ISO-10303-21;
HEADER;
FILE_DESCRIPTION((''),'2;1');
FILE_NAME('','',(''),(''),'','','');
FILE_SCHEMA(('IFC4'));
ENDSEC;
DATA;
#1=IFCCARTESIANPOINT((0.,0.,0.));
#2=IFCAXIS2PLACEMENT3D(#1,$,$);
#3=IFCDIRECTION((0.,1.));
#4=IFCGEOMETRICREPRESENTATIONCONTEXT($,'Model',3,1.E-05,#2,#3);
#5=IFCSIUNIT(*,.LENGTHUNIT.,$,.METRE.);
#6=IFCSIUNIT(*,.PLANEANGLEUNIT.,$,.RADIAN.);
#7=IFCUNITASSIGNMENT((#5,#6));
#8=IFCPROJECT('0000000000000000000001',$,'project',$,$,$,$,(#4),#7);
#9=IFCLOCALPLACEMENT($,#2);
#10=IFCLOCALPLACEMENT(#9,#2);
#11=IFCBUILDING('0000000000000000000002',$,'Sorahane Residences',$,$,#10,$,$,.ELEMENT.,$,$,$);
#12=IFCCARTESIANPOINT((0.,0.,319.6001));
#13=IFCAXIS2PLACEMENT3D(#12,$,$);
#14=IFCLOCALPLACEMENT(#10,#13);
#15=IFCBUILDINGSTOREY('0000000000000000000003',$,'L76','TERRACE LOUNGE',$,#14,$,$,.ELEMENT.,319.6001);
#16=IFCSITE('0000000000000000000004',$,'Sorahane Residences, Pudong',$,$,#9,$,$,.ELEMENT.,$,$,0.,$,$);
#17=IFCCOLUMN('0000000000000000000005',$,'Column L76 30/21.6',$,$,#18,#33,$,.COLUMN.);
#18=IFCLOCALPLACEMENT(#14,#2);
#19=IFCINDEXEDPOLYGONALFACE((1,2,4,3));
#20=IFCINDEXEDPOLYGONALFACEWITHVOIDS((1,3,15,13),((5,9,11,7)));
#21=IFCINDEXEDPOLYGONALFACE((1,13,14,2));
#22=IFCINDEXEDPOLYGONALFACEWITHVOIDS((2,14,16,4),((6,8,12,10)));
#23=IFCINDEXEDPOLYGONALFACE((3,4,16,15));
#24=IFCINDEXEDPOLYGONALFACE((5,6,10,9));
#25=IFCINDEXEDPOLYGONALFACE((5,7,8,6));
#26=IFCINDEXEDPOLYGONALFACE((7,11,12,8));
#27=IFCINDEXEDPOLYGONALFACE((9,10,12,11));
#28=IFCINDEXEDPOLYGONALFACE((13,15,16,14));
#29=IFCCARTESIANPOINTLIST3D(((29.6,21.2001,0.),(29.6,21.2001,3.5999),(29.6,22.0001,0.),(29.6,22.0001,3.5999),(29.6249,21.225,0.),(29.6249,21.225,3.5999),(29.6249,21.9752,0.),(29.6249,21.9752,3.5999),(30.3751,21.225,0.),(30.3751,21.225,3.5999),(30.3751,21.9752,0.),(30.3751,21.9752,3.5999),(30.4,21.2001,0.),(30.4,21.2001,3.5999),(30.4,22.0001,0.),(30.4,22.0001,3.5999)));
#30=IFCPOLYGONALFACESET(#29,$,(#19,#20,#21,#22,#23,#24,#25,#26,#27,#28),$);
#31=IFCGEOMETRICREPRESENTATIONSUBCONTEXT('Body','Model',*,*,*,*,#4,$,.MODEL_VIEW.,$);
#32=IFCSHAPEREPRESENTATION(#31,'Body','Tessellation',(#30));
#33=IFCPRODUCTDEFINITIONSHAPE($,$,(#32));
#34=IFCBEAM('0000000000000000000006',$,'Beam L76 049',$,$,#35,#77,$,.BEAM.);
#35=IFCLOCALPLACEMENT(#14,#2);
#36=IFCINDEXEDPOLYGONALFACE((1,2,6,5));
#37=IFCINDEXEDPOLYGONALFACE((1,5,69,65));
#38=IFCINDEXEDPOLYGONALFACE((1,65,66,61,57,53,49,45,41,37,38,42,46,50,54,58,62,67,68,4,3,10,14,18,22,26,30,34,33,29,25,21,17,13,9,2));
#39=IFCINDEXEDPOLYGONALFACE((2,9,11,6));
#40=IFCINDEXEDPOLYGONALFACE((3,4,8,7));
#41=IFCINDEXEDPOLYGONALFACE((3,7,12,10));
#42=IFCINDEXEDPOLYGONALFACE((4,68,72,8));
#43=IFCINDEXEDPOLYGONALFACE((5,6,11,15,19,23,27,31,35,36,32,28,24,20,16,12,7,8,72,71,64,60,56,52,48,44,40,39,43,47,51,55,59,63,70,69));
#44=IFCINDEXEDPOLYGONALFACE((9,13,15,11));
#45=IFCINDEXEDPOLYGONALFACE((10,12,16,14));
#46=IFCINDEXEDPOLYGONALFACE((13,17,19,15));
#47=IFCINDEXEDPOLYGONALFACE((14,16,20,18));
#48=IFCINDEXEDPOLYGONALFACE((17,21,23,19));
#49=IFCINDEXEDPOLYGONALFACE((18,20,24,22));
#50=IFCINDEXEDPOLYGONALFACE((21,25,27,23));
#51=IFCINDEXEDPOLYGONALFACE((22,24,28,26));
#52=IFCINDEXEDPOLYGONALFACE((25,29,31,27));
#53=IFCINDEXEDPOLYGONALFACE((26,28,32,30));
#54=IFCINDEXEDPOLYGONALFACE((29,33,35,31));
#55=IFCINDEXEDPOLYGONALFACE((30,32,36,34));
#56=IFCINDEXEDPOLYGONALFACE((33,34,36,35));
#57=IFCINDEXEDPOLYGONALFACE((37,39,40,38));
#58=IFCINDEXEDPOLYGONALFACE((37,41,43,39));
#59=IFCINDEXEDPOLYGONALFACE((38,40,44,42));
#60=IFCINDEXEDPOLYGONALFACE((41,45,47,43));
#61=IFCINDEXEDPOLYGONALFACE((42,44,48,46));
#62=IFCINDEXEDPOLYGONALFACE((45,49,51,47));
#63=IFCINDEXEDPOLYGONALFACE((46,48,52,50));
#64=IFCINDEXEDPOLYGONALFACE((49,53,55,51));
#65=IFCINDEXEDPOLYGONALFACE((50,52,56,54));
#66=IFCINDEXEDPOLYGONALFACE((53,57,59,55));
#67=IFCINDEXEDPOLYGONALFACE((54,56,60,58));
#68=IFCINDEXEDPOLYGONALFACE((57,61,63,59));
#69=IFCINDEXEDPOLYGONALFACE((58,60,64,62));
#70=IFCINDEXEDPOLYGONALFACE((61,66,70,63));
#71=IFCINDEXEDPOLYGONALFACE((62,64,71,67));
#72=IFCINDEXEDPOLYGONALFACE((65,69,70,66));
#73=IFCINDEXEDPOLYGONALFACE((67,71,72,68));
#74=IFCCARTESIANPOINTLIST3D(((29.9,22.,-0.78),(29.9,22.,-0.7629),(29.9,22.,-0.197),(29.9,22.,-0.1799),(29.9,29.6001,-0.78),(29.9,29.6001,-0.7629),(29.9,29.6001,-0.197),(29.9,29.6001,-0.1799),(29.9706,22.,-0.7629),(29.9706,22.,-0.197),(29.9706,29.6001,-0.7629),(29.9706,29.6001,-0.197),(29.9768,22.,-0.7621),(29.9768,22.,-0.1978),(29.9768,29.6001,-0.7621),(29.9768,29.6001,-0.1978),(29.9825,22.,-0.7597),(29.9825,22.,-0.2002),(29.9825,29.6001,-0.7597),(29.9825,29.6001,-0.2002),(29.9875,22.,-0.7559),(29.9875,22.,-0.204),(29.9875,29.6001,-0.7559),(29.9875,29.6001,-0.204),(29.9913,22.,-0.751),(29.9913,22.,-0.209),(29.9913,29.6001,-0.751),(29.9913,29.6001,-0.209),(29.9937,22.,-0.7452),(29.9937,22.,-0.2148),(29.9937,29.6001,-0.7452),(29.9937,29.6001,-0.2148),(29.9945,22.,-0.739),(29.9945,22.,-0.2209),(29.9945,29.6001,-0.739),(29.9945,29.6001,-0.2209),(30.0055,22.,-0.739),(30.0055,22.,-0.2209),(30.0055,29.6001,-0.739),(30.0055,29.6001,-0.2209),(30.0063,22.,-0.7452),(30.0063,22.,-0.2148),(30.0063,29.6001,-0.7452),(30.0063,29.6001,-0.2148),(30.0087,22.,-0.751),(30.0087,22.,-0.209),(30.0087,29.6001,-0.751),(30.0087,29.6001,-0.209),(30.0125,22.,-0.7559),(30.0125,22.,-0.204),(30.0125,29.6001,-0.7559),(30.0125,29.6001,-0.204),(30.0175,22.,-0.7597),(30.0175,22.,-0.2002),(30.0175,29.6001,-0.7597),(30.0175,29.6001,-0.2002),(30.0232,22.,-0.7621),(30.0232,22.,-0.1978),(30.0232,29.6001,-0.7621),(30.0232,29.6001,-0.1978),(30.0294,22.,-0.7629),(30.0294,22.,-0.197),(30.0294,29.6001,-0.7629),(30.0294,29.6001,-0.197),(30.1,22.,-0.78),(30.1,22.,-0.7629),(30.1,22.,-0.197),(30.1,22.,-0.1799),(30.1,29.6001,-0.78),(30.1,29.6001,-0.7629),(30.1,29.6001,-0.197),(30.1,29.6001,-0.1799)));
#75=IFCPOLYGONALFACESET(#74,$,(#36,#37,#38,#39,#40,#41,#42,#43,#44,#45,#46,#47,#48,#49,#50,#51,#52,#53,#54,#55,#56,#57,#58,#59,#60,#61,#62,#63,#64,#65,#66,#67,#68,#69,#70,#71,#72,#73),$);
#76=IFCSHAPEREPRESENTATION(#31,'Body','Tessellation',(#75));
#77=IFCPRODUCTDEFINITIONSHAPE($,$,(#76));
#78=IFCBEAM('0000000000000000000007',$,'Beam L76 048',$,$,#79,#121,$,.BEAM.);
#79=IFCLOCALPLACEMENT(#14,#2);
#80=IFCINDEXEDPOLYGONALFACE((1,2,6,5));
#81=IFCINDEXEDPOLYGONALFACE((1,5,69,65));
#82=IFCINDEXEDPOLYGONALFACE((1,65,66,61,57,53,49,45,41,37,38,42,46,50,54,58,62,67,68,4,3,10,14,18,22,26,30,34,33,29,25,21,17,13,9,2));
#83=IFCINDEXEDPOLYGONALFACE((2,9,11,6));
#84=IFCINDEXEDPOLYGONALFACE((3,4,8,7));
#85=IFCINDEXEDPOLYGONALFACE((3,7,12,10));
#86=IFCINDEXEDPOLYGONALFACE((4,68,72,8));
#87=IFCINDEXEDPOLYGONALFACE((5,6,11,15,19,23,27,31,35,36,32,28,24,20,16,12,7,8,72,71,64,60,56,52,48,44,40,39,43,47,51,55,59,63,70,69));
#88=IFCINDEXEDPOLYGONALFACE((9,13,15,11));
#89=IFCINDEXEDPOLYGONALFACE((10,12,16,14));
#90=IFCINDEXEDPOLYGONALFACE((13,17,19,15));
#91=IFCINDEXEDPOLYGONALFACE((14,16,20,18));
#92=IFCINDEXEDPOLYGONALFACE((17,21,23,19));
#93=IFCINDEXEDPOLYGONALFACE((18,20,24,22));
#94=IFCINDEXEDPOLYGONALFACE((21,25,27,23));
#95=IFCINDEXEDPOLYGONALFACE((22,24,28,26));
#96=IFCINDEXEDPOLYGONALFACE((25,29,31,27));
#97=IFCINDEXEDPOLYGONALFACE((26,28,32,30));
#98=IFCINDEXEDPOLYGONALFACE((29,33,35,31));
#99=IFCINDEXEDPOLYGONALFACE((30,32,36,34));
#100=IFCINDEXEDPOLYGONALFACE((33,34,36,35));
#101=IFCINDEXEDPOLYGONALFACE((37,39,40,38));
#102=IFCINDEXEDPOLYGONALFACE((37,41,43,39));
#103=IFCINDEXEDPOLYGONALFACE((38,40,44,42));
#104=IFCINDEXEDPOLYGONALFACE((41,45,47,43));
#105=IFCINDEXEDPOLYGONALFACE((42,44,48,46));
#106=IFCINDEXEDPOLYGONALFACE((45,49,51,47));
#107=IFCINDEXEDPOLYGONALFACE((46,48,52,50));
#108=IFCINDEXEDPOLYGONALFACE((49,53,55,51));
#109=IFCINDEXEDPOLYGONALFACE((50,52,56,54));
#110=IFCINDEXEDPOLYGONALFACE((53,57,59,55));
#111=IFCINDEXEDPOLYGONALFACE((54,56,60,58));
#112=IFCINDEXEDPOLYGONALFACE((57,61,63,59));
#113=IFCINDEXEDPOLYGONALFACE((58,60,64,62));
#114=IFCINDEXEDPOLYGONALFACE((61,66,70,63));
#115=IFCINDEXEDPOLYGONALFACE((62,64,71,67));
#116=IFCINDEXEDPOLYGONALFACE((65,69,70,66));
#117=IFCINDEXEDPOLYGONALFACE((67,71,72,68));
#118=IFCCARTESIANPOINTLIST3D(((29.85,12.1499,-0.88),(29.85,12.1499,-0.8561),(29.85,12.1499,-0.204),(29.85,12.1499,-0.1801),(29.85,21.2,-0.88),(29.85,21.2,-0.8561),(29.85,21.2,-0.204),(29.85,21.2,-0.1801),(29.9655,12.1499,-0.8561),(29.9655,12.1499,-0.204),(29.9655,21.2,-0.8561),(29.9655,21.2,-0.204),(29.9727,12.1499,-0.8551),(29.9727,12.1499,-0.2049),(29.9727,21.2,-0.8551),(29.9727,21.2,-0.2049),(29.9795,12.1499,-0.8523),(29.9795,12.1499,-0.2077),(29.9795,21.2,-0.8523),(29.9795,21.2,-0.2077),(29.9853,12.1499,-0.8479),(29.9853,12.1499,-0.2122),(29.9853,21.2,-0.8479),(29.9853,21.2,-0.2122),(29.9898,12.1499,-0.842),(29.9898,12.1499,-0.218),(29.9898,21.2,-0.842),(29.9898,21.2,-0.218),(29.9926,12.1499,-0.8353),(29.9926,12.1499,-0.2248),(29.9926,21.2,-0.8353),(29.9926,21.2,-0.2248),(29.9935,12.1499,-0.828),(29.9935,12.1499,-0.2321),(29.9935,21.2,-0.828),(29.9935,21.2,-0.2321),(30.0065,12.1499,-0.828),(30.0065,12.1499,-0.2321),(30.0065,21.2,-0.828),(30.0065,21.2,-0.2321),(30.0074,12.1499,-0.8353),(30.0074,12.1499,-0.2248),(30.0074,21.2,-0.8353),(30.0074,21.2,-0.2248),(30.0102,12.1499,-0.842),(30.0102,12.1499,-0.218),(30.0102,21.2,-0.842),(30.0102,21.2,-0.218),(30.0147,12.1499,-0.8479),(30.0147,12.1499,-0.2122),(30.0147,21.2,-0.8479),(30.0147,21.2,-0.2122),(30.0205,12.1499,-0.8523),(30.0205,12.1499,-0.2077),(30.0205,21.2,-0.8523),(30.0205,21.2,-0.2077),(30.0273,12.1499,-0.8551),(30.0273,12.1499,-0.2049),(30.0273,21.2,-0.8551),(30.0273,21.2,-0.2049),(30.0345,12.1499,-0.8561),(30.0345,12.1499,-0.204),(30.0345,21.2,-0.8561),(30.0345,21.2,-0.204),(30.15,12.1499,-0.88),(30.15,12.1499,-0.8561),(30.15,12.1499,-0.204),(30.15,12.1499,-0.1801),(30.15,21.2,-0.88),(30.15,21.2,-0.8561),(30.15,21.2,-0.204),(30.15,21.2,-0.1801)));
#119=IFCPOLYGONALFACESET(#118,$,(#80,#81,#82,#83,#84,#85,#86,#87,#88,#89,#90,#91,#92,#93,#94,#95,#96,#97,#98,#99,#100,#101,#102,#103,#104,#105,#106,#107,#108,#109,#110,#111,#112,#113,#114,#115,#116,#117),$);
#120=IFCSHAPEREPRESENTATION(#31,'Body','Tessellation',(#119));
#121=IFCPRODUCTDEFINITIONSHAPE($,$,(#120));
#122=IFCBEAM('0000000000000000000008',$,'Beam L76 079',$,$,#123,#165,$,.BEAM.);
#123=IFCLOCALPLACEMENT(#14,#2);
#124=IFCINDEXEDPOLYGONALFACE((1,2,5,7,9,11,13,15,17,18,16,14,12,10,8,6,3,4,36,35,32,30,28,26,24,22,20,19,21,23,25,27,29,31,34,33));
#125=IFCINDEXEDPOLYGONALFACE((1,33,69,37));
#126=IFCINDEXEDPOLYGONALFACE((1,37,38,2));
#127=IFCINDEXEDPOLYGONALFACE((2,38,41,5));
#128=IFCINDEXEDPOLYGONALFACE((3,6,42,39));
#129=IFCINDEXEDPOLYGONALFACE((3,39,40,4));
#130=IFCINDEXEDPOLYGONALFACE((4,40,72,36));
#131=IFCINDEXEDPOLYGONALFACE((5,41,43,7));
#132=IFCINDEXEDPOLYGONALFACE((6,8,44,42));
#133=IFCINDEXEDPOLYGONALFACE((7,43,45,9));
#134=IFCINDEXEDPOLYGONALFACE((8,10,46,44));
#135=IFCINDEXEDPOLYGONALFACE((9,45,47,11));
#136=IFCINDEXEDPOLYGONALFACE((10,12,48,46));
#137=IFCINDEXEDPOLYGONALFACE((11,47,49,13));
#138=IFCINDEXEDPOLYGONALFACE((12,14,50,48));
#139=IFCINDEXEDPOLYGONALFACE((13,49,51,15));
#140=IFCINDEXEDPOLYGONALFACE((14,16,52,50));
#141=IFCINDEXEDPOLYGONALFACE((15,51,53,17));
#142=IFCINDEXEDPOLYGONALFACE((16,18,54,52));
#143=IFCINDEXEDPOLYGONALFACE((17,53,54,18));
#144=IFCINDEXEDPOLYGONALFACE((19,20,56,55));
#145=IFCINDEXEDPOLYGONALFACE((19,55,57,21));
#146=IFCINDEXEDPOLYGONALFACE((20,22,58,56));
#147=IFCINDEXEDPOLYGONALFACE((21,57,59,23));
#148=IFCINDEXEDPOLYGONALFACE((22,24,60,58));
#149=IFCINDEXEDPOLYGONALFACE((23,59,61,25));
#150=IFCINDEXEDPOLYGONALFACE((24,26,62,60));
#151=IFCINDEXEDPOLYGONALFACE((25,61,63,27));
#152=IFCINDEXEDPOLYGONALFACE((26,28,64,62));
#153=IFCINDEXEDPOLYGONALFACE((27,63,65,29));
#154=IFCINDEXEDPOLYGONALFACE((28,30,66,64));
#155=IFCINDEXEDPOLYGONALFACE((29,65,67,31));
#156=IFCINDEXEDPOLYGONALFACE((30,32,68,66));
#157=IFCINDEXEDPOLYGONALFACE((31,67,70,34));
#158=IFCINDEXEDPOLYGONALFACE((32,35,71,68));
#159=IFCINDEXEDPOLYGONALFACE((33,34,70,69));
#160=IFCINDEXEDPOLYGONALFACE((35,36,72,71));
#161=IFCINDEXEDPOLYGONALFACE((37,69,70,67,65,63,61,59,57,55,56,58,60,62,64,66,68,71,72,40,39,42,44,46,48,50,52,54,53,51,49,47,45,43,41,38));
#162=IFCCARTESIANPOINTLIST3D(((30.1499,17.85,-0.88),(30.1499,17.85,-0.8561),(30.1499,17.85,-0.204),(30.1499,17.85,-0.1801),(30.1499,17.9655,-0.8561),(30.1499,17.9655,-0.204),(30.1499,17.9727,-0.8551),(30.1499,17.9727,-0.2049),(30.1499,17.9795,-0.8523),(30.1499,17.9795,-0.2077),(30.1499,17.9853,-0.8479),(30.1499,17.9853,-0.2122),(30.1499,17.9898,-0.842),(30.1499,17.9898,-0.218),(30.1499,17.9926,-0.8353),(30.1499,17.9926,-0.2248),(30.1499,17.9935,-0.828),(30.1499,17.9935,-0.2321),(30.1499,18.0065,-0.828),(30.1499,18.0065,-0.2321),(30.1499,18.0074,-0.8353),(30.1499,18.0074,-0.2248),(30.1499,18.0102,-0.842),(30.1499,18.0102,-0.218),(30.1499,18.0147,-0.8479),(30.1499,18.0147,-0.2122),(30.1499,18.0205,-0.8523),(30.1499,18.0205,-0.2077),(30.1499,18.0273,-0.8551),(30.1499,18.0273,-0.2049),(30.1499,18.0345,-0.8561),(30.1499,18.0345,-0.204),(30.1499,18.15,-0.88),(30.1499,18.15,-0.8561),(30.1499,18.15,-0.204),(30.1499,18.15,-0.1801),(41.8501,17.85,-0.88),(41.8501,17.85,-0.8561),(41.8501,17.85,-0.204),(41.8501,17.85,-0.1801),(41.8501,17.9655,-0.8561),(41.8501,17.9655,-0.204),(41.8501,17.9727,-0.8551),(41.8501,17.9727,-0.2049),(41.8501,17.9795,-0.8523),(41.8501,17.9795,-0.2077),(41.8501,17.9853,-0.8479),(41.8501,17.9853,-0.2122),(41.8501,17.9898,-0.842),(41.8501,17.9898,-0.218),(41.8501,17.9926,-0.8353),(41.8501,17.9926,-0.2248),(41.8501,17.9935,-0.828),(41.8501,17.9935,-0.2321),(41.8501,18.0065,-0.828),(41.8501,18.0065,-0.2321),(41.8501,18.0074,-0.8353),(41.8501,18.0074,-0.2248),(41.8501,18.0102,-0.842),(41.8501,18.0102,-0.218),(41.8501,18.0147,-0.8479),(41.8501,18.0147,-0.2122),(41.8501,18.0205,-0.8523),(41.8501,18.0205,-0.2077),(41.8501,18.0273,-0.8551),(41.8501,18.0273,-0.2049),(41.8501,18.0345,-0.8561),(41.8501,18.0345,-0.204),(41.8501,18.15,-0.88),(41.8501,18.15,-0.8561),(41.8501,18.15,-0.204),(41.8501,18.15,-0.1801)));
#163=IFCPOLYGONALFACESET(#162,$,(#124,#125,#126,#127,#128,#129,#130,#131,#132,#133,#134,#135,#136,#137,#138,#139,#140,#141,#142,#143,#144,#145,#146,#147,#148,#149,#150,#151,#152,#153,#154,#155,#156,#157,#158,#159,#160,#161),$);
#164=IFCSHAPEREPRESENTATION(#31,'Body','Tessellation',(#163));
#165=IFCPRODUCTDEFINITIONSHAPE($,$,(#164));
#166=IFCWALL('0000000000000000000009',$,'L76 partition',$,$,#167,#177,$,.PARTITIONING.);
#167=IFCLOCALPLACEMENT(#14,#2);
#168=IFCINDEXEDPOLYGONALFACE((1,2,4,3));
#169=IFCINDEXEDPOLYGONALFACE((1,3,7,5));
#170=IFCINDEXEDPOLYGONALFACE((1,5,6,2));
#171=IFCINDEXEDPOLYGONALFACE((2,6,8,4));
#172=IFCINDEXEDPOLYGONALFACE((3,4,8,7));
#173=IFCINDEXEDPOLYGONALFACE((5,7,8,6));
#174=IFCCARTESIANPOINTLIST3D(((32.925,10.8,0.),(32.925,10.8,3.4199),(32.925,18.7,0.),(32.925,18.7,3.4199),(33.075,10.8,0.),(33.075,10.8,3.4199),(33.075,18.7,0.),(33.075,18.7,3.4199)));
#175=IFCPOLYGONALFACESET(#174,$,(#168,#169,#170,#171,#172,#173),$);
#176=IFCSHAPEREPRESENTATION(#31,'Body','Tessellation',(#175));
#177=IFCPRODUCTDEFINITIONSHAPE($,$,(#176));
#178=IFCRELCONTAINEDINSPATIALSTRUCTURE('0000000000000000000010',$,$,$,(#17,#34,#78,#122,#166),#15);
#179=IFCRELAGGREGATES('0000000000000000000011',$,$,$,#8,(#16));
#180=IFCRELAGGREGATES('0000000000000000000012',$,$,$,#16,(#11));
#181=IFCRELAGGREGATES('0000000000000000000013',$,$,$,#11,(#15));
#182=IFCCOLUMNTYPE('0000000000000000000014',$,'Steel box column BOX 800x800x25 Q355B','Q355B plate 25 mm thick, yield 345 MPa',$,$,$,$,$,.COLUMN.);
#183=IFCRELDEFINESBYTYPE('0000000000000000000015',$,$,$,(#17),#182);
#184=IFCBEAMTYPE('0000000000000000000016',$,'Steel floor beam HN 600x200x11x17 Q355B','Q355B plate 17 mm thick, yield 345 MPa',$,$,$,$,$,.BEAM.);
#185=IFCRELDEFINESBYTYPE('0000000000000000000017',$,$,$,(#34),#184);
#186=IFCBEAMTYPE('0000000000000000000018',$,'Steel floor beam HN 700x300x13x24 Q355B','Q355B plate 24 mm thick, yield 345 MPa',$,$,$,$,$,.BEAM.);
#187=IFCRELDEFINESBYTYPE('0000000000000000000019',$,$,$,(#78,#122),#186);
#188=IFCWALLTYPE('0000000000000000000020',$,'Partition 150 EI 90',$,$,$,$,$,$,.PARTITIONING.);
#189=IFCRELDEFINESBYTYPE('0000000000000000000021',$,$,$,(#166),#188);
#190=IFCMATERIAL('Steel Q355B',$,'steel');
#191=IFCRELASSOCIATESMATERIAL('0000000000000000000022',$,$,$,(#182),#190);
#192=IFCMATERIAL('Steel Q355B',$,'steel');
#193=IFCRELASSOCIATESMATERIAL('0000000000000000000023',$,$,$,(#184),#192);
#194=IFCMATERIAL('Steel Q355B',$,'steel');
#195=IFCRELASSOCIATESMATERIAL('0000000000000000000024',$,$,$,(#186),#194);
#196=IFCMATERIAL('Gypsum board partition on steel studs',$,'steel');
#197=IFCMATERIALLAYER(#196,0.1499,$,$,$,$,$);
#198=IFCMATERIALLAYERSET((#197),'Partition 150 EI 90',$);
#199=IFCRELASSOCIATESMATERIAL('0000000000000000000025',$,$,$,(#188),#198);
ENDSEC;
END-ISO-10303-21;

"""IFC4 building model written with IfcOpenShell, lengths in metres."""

from ifc_helpers import new_model, si_unit, direction, frame, frame_2d, origin, origin_2d, place, context, subcontext, project, spatial, rectangle, hollow_rectangle, i_section, extrude, material, layer, layer_set, material_profile, profile_set, type_object, element, save


model = new_model("IFC4")

# Units and contexts
model_context = context("Model", 3, precision=1e-05, world=origin(), true_north=direction((0.0, 1.0)))
body_context = subcontext(model_context, "Body", "Model", "MODEL_VIEW")
ifc_project = project(units=[si_unit("LENGTHUNIT", "METRE"), si_unit("PLANEANGLEUNIT", "RADIAN")], contexts=[model_context])

# Site, building, storey
site_placement = place(None, origin())
site = spatial("IfcSite", under=ifc_project, at=site_placement, Name="Sorahane Residences, Pudong", CompositionType="ELEMENT", RefElevation=0.0)
building_placement = place(site_placement, origin())
building = spatial("IfcBuilding", under=site, at=building_placement, Name="Sorahane Residences", CompositionType="ELEMENT")
storey_placement = place(building_placement, frame((0.0, 0.0, 319.6001)))
storey = spatial("IfcBuildingStorey", under=building, at=storey_placement, Name="L76", Description="TERRACE LOUNGE", CompositionType="ELEMENT", Elevation=319.6001)

# Column
ifc_material_1 = material(Name="Steel Q355B", Category="steel")
ifc_material_profile_1 = material_profile(ifc_material_1, hollow_rectangle(XDim=0.8, YDim=0.8, WallThickness=0.0249, at=origin_2d()), Name="BOX 800x800x25")
ifc_profile_set_1 = profile_set([ifc_material_profile_1], Name="Steel Q355B")
column_type = type_object("IfcColumnType", Name="Steel box column BOX 800x800x25 Q355B", Description="Q355B plate 25 mm thick, yield 345 MPa", PredefinedType="COLUMN", material=ifc_profile_set_1)
column_placement = place(storey_placement, frame((30.0, 21.6001, 0.0), z_axis=(0.0, 0.0, 1.0), x_axis=(1.0, 0.0, 0.0)))
element("IfcColumn", 1, at=column_placement, inside=storey, type_object=column_type, Name="Column L76 30/21.6", PredefinedType="COLUMN", context=body_context, shape_type="SweptSolid", body=[
    extrude(hollow_rectangle(XDim=0.8, YDim=0.8, WallThickness=0.0249, at=origin_2d()), origin(), (0.0, 0.0, 1.0), 3.5999),
])

# Beams
ifc_material_2 = material(Name="Steel Q355B", Category="steel")
ifc_material_profile_2 = material_profile(ifc_material_2, i_section(OverallWidth=0.2, OverallDepth=0.6001, WebThickness=0.011, FlangeThickness=0.0171, FilletRadius=0.0239, at=origin_2d()), Name="HN 600x200x11x17")
ifc_profile_set_2 = profile_set([ifc_material_profile_2], Name="Steel Q355B")
beam_type_1 = type_object("IfcBeamType", Name="Steel floor beam HN 600x200x11x17 Q355B", Description="Q355B plate 17 mm thick, yield 345 MPa", PredefinedType="BEAM", material=ifc_profile_set_2)
beam_1_placement = place(storey_placement, frame((30.0, 22.0, -0.48), z_axis=(0.0, 1.0, 0.0), x_axis=(-1.0, 0.0, 0.0)))
element("IfcBeam", 2, at=beam_1_placement, inside=storey, type_object=beam_type_1, Name="Beam L76 049", PredefinedType="BEAM", context=body_context, shape_type="SweptSolid", body=[
    extrude(i_section(OverallWidth=0.2, OverallDepth=0.6001, WebThickness=0.011, FlangeThickness=0.0171, FilletRadius=0.0239, at=origin_2d()), origin(), (0.0, 0.0, 1.0), 7.6001),
])
ifc_material_3 = material(Name="Steel Q355B", Category="steel")
ifc_material_profile_3 = material_profile(ifc_material_3, i_section(OverallWidth=0.3, OverallDepth=0.7, WebThickness=0.0129, FlangeThickness=0.0239, FilletRadius=0.0281, at=origin_2d()), Name="HN 700x300x13x24")
ifc_profile_set_3 = profile_set([ifc_material_profile_3], Name="Steel Q355B")
beam_type_2 = type_object("IfcBeamType", Name="Steel floor beam HN 700x300x13x24 Q355B", Description="Q355B plate 24 mm thick, yield 345 MPa", PredefinedType="BEAM", material=ifc_profile_set_3)
beam_2_placement = place(storey_placement, frame((30.0, 12.1499, -0.53), z_axis=(0.0, 1.0, 0.0), x_axis=(-1.0, 0.0, 0.0)))
element("IfcBeam", 3, at=beam_2_placement, inside=storey, type_object=beam_type_2, Name="Beam L76 048", PredefinedType="BEAM", context=body_context, shape_type="SweptSolid", body=[
    extrude(i_section(OverallWidth=0.3, OverallDepth=0.7, WebThickness=0.0129, FlangeThickness=0.0239, FilletRadius=0.0281, at=origin_2d()), origin(), (0.0, 0.0, 1.0), 9.05),
])
beam_3_placement = place(storey_placement, frame((30.1499, 18.0, -0.53), z_axis=(1.0, 0.0, 0.0), x_axis=(0.0, 1.0, 0.0)))
element("IfcBeam", 4, at=beam_3_placement, inside=storey, type_object=beam_type_2, Name="Beam L76 079", PredefinedType="BEAM", context=body_context, shape_type="SweptSolid", body=[
    extrude(i_section(OverallWidth=0.3, OverallDepth=0.7, WebThickness=0.0129, FlangeThickness=0.0239, FilletRadius=0.0281, at=origin_2d()), origin(), (0.0, 0.0, 1.0), 11.7002),
])

# Wall
ifc_material_4 = material(Name="Gypsum board partition on steel studs", Category="steel")
ifc_layer_1 = layer(ifc_material_4, 0.1499)
ifc_layer_set_1 = layer_set([ifc_layer_1], Name="Partition 150 EI 90")
wall_type_1 = type_object("IfcWallType", Name="Partition 150 EI 90", PredefinedType="PARTITIONING", material=ifc_layer_set_1)
wall_1_placement = place(storey_placement, frame((33.0, 10.8, 0.0), z_axis=(0.0, 0.0, 1.0), x_axis=(0.0, 1.0, 0.0)))
element("IfcWall", 5, at=wall_1_placement, inside=storey, type_object=wall_type_1, Name="L76 partition", PredefinedType="PARTITIONING", context=body_context, shape_type="SweptSolid", body=[
    extrude(rectangle(XDim=7.8999, YDim=0.1499, at=frame_2d((3.95, 0.0))), origin(), (0.0, 0.0, 1.0), 3.4199),
])

save(model, "model.ifc")
